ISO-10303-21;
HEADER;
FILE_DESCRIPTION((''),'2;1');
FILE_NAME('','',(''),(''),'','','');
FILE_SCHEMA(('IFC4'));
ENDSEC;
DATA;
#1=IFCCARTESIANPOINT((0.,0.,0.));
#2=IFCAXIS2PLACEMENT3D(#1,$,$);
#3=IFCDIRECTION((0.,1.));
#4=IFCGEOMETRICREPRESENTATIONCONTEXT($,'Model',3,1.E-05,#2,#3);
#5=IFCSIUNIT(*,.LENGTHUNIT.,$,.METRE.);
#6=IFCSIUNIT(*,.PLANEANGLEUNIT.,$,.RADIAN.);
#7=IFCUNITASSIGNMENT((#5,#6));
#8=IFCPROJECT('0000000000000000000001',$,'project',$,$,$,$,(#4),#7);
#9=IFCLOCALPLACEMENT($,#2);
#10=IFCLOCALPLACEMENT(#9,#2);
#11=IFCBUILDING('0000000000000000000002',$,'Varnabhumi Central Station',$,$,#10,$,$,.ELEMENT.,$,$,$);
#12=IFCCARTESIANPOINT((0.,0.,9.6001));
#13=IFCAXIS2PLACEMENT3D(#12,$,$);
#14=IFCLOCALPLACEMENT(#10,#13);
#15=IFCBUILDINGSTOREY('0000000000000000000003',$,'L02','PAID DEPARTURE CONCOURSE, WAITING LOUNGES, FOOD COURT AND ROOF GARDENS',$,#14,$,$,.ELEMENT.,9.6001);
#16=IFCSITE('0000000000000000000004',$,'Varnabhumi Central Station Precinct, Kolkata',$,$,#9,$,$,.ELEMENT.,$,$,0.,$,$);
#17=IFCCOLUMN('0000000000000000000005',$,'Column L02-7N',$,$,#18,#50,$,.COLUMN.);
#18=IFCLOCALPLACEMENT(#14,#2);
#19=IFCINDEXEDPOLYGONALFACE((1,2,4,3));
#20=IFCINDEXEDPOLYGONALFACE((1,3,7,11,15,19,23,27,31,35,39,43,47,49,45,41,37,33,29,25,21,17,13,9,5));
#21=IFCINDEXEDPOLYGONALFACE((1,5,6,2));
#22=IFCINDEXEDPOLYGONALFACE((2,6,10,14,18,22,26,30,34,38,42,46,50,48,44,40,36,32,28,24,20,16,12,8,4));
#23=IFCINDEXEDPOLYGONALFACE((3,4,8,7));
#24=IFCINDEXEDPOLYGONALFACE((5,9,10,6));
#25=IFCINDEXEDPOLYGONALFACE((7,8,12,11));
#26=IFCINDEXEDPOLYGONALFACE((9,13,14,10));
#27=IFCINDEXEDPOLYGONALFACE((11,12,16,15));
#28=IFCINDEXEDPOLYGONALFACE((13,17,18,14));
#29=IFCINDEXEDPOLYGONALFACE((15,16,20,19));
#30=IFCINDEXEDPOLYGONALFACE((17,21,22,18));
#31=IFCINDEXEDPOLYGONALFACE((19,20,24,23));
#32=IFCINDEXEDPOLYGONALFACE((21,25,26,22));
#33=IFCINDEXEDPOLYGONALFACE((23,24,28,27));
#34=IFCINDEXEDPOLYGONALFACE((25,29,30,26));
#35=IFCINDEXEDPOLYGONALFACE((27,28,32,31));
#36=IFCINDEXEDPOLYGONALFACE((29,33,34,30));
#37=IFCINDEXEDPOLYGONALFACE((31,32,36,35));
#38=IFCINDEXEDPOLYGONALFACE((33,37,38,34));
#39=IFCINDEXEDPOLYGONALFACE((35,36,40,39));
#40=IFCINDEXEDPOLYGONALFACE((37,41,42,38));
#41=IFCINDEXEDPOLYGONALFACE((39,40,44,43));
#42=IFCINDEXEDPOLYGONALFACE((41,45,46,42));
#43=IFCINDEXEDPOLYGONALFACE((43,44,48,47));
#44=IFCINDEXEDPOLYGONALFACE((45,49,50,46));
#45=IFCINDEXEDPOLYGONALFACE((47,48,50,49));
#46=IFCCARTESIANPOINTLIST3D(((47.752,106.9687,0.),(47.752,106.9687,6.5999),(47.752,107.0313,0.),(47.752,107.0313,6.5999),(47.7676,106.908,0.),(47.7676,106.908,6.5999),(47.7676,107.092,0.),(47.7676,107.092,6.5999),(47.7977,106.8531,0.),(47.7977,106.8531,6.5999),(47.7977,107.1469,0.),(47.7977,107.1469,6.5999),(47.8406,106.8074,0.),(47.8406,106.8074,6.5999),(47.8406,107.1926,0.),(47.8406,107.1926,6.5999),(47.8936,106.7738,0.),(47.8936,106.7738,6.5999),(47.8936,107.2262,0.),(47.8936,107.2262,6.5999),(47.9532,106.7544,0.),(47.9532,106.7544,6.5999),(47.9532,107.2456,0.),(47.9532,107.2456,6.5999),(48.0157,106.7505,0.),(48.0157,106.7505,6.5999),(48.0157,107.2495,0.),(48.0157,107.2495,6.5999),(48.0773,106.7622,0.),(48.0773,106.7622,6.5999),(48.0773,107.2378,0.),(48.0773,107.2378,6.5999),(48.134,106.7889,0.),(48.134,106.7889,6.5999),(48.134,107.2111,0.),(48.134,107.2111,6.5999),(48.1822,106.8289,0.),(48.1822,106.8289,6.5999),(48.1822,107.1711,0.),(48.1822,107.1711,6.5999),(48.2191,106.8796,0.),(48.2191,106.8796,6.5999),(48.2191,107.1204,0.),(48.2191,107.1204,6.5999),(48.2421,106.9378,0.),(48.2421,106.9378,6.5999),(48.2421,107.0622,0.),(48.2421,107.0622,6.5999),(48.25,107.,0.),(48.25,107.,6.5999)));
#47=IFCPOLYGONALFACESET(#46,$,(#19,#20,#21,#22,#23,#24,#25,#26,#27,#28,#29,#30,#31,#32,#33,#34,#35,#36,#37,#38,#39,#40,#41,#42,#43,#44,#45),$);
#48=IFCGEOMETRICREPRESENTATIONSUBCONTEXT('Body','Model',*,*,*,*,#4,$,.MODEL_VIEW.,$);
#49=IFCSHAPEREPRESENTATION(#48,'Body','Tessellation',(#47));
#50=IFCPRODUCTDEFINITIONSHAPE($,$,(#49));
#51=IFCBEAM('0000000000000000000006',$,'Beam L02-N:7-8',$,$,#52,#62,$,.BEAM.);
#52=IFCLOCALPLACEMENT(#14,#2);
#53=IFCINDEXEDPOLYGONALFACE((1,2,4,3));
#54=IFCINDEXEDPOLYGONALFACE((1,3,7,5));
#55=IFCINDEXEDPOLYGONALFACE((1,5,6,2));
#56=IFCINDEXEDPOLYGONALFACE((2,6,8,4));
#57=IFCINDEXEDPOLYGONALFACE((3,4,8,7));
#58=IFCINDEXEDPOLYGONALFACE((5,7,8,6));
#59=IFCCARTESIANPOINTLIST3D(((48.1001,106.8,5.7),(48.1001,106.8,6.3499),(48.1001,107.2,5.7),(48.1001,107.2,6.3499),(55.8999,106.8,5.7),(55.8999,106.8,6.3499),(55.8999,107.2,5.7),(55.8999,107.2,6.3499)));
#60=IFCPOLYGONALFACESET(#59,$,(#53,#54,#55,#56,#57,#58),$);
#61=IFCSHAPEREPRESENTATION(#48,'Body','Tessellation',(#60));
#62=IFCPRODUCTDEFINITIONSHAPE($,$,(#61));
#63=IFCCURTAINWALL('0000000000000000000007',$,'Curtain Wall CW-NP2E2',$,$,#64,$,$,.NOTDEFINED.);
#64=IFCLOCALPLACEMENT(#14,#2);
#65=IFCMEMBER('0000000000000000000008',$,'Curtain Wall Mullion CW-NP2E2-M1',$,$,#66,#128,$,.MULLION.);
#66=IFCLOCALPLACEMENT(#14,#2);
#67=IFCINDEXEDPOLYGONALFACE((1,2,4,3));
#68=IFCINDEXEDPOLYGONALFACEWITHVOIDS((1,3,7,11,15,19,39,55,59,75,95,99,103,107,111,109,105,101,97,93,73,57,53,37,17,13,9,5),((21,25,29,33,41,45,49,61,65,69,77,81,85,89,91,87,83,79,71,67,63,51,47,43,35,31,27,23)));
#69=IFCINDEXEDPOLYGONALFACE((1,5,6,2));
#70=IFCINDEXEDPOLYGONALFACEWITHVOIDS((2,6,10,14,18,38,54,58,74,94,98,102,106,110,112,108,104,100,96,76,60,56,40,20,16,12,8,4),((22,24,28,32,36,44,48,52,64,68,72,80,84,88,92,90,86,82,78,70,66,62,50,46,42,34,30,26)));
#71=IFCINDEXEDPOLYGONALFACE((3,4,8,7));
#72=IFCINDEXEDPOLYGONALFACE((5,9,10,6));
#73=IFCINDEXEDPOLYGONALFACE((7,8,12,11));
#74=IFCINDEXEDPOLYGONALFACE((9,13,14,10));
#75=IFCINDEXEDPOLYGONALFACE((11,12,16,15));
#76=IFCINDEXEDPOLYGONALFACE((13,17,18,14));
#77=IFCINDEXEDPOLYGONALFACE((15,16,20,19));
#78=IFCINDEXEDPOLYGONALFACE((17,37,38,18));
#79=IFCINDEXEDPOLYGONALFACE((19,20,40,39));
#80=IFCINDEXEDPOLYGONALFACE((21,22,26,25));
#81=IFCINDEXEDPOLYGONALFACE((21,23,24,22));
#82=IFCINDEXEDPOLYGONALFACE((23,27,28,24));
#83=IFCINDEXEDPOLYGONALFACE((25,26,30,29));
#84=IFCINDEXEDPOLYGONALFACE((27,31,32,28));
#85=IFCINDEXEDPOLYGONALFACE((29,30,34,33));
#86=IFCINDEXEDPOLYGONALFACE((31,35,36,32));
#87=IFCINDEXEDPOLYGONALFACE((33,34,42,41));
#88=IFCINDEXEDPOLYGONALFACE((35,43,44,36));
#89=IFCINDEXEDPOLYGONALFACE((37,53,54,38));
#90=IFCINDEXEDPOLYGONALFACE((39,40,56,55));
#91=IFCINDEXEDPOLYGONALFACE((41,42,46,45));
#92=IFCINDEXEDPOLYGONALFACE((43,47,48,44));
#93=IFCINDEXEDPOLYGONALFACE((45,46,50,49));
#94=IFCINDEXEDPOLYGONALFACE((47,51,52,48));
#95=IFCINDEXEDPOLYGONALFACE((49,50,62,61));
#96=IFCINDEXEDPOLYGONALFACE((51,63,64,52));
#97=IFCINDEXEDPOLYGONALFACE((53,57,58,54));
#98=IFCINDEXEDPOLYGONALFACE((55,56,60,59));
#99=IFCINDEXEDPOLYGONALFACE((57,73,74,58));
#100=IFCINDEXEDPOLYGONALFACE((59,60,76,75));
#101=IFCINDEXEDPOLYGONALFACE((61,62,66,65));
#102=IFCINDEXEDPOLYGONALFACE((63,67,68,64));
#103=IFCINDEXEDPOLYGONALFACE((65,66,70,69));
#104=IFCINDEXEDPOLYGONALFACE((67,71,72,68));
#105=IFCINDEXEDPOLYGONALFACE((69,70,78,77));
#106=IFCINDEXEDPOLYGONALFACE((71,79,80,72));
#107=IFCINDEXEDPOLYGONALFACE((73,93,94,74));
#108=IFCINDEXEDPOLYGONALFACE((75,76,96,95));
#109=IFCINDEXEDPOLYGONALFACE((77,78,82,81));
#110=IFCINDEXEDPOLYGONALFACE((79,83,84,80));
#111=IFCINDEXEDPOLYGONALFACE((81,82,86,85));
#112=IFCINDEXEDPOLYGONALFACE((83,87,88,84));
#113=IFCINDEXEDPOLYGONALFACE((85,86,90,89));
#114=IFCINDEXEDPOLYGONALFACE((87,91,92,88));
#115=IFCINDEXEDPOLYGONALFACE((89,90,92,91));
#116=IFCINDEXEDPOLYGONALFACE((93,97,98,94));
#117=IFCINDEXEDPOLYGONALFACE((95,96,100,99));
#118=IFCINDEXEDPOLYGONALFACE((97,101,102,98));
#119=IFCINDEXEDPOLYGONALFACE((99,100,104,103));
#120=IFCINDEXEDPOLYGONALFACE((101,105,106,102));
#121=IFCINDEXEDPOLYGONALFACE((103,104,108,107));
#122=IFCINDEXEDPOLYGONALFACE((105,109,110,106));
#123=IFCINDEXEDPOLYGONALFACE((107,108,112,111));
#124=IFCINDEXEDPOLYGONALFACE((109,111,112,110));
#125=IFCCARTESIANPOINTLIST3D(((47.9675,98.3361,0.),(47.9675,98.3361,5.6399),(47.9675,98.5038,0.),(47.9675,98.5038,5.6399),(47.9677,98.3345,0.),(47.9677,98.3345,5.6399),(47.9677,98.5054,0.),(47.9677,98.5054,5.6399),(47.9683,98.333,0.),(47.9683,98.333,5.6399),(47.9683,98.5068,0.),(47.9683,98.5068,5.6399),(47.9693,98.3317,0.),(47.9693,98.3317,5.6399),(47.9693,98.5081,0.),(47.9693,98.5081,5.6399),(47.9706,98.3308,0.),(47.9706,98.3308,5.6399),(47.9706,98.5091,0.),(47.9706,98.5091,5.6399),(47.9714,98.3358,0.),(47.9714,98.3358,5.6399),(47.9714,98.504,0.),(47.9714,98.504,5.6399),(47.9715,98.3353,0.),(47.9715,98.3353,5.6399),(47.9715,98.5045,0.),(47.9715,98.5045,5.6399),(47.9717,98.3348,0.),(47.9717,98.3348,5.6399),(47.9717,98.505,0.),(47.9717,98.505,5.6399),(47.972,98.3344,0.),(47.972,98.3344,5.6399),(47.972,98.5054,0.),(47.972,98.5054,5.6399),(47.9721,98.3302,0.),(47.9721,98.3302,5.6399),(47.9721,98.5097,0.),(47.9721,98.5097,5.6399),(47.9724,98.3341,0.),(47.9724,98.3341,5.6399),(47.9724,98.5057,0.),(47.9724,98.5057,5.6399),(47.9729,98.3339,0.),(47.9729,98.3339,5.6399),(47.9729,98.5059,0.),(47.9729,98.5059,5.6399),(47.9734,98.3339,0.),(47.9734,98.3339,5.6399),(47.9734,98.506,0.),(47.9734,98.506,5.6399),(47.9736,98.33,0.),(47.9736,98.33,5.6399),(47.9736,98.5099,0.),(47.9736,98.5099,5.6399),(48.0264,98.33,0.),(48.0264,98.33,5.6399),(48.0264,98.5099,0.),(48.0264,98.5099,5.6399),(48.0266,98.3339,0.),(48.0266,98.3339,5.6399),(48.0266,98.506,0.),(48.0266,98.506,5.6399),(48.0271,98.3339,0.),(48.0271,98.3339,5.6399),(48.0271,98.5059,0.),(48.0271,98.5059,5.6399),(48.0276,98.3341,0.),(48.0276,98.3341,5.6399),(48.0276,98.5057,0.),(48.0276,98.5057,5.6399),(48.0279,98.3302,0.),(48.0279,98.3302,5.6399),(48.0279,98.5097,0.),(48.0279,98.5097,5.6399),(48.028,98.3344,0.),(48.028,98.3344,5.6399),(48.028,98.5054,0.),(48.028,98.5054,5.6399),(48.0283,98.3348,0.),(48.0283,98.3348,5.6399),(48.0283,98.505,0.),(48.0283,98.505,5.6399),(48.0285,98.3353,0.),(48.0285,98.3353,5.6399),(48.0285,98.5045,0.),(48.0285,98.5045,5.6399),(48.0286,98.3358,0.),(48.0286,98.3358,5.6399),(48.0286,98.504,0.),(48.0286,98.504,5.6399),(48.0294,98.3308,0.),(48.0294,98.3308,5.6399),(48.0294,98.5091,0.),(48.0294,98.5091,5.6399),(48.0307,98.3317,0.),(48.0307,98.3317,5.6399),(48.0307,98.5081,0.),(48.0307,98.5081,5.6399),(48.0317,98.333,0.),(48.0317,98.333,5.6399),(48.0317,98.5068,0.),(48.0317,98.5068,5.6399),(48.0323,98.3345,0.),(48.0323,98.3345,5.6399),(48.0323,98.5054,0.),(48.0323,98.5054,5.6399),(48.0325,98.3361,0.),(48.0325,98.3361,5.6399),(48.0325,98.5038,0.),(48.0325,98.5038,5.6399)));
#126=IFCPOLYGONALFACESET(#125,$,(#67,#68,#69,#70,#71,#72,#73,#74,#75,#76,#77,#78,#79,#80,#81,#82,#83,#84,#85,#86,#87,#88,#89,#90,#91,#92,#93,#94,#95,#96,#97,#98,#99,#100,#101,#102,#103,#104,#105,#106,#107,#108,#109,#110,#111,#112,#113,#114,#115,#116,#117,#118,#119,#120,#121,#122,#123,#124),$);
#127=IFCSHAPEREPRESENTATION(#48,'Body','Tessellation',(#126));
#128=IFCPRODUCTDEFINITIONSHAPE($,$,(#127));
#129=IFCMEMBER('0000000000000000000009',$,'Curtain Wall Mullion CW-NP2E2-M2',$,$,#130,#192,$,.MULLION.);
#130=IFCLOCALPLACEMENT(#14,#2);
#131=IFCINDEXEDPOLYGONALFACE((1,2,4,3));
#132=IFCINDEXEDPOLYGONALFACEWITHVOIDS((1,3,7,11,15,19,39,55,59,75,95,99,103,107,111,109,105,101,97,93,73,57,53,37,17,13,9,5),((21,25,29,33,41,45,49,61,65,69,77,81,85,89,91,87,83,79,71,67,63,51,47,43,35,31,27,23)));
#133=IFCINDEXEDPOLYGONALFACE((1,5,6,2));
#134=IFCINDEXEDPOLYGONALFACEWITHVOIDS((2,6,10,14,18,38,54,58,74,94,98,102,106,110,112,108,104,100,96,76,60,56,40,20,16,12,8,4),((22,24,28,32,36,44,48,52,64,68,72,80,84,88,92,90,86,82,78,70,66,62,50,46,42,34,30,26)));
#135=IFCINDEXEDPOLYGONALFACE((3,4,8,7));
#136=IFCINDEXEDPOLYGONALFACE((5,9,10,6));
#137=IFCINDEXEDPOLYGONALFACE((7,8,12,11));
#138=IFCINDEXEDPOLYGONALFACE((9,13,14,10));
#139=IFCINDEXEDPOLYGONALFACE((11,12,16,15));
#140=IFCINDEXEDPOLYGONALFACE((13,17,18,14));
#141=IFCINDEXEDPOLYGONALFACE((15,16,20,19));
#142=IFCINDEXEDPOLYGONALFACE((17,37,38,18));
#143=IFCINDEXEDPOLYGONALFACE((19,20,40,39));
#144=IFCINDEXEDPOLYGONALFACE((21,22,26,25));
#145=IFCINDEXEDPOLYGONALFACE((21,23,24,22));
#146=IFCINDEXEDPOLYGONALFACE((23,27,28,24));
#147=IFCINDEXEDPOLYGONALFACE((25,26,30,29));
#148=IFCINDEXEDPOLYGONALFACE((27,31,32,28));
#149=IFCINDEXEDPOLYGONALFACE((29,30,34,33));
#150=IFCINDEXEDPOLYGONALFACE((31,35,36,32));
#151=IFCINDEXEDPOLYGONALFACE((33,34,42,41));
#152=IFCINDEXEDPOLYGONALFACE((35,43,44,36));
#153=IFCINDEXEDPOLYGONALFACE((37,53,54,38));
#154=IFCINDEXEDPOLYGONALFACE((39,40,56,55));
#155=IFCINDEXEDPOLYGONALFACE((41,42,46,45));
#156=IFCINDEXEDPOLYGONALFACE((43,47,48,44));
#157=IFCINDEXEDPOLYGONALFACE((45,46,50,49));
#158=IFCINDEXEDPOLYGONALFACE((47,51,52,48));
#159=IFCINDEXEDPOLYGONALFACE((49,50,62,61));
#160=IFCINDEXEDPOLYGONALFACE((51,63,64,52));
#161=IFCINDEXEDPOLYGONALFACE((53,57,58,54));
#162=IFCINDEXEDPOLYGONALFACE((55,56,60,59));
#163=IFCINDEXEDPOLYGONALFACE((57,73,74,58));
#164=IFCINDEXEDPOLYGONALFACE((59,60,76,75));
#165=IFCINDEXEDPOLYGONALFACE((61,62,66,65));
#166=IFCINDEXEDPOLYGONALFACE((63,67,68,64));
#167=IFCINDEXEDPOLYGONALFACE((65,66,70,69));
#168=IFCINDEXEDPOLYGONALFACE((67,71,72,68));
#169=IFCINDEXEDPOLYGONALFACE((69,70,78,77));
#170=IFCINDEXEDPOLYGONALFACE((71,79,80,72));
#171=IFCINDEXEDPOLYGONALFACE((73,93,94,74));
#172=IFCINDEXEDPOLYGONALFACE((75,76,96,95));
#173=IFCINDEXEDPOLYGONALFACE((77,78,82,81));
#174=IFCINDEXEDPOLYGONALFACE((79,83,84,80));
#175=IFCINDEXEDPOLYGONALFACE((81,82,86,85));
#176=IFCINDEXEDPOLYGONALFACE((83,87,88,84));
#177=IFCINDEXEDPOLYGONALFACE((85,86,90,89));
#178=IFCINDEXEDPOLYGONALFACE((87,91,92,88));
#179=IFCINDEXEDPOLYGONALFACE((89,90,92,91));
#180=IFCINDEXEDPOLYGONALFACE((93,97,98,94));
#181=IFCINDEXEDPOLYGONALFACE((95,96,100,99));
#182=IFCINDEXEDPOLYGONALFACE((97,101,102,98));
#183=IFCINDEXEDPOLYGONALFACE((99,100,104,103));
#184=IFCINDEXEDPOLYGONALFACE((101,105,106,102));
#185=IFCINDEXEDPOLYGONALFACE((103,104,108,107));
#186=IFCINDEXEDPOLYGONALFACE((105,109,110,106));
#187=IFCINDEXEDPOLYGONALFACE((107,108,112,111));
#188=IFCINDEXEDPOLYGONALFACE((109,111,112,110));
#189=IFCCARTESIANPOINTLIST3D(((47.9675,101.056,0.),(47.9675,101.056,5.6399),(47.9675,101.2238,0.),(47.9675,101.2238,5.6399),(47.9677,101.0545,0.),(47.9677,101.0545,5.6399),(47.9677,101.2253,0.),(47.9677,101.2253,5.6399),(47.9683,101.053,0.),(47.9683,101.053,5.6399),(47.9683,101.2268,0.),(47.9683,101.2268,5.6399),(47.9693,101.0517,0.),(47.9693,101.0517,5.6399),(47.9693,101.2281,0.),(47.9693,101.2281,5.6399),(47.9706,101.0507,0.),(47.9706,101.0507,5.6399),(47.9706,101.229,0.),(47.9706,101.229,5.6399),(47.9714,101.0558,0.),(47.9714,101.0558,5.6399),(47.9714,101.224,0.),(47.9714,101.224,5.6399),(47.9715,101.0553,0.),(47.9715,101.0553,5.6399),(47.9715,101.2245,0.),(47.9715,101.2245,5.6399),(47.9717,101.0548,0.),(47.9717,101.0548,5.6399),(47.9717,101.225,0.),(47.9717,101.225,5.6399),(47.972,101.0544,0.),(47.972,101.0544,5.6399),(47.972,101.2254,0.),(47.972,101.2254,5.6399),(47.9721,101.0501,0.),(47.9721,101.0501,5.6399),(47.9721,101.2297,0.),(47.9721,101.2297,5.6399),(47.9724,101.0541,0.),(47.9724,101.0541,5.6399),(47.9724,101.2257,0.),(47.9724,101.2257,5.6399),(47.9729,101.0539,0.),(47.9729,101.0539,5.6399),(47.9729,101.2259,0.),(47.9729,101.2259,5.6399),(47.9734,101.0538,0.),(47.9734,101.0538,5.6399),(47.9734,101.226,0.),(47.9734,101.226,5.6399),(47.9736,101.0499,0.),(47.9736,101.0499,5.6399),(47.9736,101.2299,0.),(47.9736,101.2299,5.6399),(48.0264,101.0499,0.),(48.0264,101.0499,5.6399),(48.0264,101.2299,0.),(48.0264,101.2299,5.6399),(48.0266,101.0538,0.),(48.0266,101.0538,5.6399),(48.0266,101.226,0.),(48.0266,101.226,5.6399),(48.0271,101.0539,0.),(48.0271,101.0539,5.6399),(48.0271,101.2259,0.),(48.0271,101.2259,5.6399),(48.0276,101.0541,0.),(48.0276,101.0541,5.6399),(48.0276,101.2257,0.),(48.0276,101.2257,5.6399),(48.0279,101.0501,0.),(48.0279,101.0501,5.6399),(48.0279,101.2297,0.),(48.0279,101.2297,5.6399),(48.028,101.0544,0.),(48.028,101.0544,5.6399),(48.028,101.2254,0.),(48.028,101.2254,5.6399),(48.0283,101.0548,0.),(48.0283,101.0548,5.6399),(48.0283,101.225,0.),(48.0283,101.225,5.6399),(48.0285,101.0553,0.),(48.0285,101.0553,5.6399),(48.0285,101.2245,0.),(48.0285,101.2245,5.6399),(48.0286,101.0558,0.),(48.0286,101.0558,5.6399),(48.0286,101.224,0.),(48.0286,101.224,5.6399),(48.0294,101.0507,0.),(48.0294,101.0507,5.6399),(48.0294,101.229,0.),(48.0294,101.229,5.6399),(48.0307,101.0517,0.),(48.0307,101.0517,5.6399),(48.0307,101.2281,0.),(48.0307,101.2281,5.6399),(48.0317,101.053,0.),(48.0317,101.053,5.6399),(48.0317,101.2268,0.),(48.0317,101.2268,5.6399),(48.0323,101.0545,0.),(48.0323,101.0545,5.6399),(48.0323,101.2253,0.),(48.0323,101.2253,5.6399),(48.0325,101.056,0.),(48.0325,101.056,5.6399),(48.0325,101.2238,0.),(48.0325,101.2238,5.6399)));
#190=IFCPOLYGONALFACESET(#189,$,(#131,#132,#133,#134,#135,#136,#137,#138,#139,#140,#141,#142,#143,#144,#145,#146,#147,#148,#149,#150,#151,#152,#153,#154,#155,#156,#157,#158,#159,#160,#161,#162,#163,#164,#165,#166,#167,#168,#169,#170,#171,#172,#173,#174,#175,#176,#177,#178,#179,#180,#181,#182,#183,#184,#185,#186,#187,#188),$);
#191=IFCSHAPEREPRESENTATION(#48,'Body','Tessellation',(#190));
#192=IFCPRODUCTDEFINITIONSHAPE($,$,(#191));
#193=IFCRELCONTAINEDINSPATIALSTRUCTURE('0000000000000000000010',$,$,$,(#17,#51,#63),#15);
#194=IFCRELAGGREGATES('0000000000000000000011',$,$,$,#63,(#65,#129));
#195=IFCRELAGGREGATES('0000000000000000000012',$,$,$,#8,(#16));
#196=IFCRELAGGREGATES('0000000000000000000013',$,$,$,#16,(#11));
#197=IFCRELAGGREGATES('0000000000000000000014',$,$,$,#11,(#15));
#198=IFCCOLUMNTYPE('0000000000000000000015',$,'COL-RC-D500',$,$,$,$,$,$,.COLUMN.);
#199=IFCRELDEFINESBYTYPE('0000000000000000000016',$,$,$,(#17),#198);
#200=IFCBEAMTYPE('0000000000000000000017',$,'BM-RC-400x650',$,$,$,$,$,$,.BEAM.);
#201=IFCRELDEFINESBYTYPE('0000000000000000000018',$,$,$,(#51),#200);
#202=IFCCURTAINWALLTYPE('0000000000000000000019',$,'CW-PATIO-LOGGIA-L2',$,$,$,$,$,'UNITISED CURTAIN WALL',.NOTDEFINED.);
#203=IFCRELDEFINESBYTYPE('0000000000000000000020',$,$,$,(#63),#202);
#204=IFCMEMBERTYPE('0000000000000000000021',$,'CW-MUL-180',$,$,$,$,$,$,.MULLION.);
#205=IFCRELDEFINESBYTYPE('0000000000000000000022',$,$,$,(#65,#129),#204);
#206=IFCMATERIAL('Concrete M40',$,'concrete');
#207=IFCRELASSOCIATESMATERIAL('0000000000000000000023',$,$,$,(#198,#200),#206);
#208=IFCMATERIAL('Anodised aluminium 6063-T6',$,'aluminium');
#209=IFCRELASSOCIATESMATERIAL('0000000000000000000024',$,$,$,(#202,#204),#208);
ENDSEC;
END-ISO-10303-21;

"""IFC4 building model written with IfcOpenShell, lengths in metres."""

from ifc_helpers import new_model, si_unit, direction, frame, origin, origin_2d, place, context, subcontext, project, spatial, rectangle, hollow_rectangle, circle, extrude, material, material_profile, profile_set, type_object, element, aggregate, save


model = new_model("IFC4")

# Units and contexts
model_context = context("Model", 3, precision=1e-05, world=origin(), true_north=direction((0.0, 1.0)))
body_context = subcontext(model_context, "Body", "Model", "MODEL_VIEW")
ifc_project = project(units=[si_unit("LENGTHUNIT", "METRE"), si_unit("PLANEANGLEUNIT", "RADIAN")], contexts=[model_context])

# Site, building, storey
site_placement = place(None, origin())
site = spatial("IfcSite", under=ifc_project, at=site_placement, Name="Varnabhumi Central Station Precinct, Kolkata", CompositionType="ELEMENT", RefElevation=0.0)
building_placement = place(site_placement, origin())
building = spatial("IfcBuilding", under=site, at=building_placement, Name="Varnabhumi Central Station", CompositionType="ELEMENT")
storey_placement = place(building_placement, frame((0.0, 0.0, 9.6001)))
storey = spatial("IfcBuildingStorey", under=building, at=storey_placement, Name="L02", Description="PAID DEPARTURE CONCOURSE, WAITING LOUNGES, FOOD COURT AND ROOF GARDENS", CompositionType="ELEMENT", Elevation=9.6001)

# Column
ifc_material_1 = material(Name="Concrete M40", Category="concrete")
ifc_material_profile_1 = material_profile(ifc_material_1, circle(Radius=0.25, at=origin_2d()), Name="Concrete M40", Category="concrete")
ifc_profile_set_1 = profile_set([ifc_material_profile_1], Name="Concrete M40")
column_type = type_object("IfcColumnType", Name="COL-RC-D500", PredefinedType="COLUMN", material=ifc_profile_set_1)
column_placement = place(storey_placement, frame((48.0, 107.0, 0.0), z_axis=(0.0, 0.0, 1.0), x_axis=(1.0, 0.0, 0.0)))
element("IfcColumn", 1, at=column_placement, inside=storey, type_object=column_type, Name="Column L02-7N", PredefinedType="COLUMN", context=body_context, shape_type="SweptSolid", body=[
    extrude(circle(Radius=0.25, at=origin_2d()), origin(), (0.0, 0.0, 1.0), 6.5999),
])

# Beam
ifc_material_profile_2 = material_profile(ifc_material_1, rectangle(XDim=0.3999, YDim=0.6499, at=origin_2d()), Name="Concrete M40", Category="concrete")
ifc_profile_set_2 = profile_set([ifc_material_profile_2], Name="Concrete M40")
beam_type = type_object("IfcBeamType", Name="BM-RC-400x650", PredefinedType="BEAM", material=ifc_profile_set_2)
beam_placement = place(storey_placement, frame((48.1001, 107.0, 6.0249), z_axis=(1.0, 0.0, 0.0), x_axis=(0.0, 1.0, 0.0)))
element("IfcBeam", 2, at=beam_placement, inside=storey, type_object=beam_type, Name="Beam L02-N:7-8", PredefinedType="BEAM", context=body_context, shape_type="SweptSolid", body=[
    extrude(rectangle(XDim=0.3999, YDim=0.6499, at=origin_2d()), origin(), (0.0, 0.0, 1.0), 7.7998),
])

# Curtain wall, members
ifc_material_2 = material(Name="Anodised aluminium 6063-T6", Category="aluminium")
curtain_wall_type = type_object("IfcCurtainWallType", Name="CW-PATIO-LOGGIA-L2", ElementType="UNITISED CURTAIN WALL", PredefinedType="NOTDEFINED", material=ifc_material_2)
curtain_wall_1_placement = place(storey_placement, origin())
curtain_wall_1 = element("IfcCurtainWall", 3, at=curtain_wall_1_placement, inside=storey, type_object=curtain_wall_type, Name="Curtain Wall CW-NP2E2", PredefinedType="NOTDEFINED")
ifc_material_profile_3 = material_profile(ifc_material_2, hollow_rectangle(XDim=0.0649, YDim=0.1799, WallThickness=0.0039, InnerFilletRadius=0.002, OuterFilletRadius=0.0061, at=origin_2d()), Name="Anodised aluminium 6063-T6", Category="aluminium")
ifc_profile_set_3 = profile_set([ifc_material_profile_3], Name="Anodised aluminium 6063-T6")
member_type_1 = type_object("IfcMemberType", Name="CW-MUL-180", PredefinedType="MULLION", material=ifc_profile_set_3)
member_1_placement = place(storey_placement, frame((48.0, 98.4199, 0.0), z_axis=(0.0, 0.0, 1.0), x_axis=(1.0, 0.0, 0.0)))
member_1 = element("IfcMember", 4, at=member_1_placement, type_object=member_type_1, Name="Curtain Wall Mullion CW-NP2E2-M1", PredefinedType="MULLION", context=body_context, shape_type="SweptSolid", body=[
    extrude(hollow_rectangle(XDim=0.0649, YDim=0.1799, WallThickness=0.0039, InnerFilletRadius=0.002, OuterFilletRadius=0.0061, at=origin_2d()), origin(), (0.0, 0.0, 1.0), 5.6399),
])
member_2_placement = place(storey_placement, frame((48.0, 101.1399, 0.0), z_axis=(0.0, 0.0, 1.0), x_axis=(1.0, 0.0, 0.0)))
member_2 = element("IfcMember", 5, at=member_2_placement, type_object=member_type_1, Name="Curtain Wall Mullion CW-NP2E2-M2", PredefinedType="MULLION", context=body_context, shape_type="SweptSolid", body=[
    extrude(hollow_rectangle(XDim=0.0649, YDim=0.1799, WallThickness=0.0039, InnerFilletRadius=0.002, OuterFilletRadius=0.0061, at=origin_2d()), origin(), (0.0, 0.0, 1.0), 5.6399),
])

aggregate(curtain_wall_1, [member_1, member_2])

save(model, "model.ifc")
